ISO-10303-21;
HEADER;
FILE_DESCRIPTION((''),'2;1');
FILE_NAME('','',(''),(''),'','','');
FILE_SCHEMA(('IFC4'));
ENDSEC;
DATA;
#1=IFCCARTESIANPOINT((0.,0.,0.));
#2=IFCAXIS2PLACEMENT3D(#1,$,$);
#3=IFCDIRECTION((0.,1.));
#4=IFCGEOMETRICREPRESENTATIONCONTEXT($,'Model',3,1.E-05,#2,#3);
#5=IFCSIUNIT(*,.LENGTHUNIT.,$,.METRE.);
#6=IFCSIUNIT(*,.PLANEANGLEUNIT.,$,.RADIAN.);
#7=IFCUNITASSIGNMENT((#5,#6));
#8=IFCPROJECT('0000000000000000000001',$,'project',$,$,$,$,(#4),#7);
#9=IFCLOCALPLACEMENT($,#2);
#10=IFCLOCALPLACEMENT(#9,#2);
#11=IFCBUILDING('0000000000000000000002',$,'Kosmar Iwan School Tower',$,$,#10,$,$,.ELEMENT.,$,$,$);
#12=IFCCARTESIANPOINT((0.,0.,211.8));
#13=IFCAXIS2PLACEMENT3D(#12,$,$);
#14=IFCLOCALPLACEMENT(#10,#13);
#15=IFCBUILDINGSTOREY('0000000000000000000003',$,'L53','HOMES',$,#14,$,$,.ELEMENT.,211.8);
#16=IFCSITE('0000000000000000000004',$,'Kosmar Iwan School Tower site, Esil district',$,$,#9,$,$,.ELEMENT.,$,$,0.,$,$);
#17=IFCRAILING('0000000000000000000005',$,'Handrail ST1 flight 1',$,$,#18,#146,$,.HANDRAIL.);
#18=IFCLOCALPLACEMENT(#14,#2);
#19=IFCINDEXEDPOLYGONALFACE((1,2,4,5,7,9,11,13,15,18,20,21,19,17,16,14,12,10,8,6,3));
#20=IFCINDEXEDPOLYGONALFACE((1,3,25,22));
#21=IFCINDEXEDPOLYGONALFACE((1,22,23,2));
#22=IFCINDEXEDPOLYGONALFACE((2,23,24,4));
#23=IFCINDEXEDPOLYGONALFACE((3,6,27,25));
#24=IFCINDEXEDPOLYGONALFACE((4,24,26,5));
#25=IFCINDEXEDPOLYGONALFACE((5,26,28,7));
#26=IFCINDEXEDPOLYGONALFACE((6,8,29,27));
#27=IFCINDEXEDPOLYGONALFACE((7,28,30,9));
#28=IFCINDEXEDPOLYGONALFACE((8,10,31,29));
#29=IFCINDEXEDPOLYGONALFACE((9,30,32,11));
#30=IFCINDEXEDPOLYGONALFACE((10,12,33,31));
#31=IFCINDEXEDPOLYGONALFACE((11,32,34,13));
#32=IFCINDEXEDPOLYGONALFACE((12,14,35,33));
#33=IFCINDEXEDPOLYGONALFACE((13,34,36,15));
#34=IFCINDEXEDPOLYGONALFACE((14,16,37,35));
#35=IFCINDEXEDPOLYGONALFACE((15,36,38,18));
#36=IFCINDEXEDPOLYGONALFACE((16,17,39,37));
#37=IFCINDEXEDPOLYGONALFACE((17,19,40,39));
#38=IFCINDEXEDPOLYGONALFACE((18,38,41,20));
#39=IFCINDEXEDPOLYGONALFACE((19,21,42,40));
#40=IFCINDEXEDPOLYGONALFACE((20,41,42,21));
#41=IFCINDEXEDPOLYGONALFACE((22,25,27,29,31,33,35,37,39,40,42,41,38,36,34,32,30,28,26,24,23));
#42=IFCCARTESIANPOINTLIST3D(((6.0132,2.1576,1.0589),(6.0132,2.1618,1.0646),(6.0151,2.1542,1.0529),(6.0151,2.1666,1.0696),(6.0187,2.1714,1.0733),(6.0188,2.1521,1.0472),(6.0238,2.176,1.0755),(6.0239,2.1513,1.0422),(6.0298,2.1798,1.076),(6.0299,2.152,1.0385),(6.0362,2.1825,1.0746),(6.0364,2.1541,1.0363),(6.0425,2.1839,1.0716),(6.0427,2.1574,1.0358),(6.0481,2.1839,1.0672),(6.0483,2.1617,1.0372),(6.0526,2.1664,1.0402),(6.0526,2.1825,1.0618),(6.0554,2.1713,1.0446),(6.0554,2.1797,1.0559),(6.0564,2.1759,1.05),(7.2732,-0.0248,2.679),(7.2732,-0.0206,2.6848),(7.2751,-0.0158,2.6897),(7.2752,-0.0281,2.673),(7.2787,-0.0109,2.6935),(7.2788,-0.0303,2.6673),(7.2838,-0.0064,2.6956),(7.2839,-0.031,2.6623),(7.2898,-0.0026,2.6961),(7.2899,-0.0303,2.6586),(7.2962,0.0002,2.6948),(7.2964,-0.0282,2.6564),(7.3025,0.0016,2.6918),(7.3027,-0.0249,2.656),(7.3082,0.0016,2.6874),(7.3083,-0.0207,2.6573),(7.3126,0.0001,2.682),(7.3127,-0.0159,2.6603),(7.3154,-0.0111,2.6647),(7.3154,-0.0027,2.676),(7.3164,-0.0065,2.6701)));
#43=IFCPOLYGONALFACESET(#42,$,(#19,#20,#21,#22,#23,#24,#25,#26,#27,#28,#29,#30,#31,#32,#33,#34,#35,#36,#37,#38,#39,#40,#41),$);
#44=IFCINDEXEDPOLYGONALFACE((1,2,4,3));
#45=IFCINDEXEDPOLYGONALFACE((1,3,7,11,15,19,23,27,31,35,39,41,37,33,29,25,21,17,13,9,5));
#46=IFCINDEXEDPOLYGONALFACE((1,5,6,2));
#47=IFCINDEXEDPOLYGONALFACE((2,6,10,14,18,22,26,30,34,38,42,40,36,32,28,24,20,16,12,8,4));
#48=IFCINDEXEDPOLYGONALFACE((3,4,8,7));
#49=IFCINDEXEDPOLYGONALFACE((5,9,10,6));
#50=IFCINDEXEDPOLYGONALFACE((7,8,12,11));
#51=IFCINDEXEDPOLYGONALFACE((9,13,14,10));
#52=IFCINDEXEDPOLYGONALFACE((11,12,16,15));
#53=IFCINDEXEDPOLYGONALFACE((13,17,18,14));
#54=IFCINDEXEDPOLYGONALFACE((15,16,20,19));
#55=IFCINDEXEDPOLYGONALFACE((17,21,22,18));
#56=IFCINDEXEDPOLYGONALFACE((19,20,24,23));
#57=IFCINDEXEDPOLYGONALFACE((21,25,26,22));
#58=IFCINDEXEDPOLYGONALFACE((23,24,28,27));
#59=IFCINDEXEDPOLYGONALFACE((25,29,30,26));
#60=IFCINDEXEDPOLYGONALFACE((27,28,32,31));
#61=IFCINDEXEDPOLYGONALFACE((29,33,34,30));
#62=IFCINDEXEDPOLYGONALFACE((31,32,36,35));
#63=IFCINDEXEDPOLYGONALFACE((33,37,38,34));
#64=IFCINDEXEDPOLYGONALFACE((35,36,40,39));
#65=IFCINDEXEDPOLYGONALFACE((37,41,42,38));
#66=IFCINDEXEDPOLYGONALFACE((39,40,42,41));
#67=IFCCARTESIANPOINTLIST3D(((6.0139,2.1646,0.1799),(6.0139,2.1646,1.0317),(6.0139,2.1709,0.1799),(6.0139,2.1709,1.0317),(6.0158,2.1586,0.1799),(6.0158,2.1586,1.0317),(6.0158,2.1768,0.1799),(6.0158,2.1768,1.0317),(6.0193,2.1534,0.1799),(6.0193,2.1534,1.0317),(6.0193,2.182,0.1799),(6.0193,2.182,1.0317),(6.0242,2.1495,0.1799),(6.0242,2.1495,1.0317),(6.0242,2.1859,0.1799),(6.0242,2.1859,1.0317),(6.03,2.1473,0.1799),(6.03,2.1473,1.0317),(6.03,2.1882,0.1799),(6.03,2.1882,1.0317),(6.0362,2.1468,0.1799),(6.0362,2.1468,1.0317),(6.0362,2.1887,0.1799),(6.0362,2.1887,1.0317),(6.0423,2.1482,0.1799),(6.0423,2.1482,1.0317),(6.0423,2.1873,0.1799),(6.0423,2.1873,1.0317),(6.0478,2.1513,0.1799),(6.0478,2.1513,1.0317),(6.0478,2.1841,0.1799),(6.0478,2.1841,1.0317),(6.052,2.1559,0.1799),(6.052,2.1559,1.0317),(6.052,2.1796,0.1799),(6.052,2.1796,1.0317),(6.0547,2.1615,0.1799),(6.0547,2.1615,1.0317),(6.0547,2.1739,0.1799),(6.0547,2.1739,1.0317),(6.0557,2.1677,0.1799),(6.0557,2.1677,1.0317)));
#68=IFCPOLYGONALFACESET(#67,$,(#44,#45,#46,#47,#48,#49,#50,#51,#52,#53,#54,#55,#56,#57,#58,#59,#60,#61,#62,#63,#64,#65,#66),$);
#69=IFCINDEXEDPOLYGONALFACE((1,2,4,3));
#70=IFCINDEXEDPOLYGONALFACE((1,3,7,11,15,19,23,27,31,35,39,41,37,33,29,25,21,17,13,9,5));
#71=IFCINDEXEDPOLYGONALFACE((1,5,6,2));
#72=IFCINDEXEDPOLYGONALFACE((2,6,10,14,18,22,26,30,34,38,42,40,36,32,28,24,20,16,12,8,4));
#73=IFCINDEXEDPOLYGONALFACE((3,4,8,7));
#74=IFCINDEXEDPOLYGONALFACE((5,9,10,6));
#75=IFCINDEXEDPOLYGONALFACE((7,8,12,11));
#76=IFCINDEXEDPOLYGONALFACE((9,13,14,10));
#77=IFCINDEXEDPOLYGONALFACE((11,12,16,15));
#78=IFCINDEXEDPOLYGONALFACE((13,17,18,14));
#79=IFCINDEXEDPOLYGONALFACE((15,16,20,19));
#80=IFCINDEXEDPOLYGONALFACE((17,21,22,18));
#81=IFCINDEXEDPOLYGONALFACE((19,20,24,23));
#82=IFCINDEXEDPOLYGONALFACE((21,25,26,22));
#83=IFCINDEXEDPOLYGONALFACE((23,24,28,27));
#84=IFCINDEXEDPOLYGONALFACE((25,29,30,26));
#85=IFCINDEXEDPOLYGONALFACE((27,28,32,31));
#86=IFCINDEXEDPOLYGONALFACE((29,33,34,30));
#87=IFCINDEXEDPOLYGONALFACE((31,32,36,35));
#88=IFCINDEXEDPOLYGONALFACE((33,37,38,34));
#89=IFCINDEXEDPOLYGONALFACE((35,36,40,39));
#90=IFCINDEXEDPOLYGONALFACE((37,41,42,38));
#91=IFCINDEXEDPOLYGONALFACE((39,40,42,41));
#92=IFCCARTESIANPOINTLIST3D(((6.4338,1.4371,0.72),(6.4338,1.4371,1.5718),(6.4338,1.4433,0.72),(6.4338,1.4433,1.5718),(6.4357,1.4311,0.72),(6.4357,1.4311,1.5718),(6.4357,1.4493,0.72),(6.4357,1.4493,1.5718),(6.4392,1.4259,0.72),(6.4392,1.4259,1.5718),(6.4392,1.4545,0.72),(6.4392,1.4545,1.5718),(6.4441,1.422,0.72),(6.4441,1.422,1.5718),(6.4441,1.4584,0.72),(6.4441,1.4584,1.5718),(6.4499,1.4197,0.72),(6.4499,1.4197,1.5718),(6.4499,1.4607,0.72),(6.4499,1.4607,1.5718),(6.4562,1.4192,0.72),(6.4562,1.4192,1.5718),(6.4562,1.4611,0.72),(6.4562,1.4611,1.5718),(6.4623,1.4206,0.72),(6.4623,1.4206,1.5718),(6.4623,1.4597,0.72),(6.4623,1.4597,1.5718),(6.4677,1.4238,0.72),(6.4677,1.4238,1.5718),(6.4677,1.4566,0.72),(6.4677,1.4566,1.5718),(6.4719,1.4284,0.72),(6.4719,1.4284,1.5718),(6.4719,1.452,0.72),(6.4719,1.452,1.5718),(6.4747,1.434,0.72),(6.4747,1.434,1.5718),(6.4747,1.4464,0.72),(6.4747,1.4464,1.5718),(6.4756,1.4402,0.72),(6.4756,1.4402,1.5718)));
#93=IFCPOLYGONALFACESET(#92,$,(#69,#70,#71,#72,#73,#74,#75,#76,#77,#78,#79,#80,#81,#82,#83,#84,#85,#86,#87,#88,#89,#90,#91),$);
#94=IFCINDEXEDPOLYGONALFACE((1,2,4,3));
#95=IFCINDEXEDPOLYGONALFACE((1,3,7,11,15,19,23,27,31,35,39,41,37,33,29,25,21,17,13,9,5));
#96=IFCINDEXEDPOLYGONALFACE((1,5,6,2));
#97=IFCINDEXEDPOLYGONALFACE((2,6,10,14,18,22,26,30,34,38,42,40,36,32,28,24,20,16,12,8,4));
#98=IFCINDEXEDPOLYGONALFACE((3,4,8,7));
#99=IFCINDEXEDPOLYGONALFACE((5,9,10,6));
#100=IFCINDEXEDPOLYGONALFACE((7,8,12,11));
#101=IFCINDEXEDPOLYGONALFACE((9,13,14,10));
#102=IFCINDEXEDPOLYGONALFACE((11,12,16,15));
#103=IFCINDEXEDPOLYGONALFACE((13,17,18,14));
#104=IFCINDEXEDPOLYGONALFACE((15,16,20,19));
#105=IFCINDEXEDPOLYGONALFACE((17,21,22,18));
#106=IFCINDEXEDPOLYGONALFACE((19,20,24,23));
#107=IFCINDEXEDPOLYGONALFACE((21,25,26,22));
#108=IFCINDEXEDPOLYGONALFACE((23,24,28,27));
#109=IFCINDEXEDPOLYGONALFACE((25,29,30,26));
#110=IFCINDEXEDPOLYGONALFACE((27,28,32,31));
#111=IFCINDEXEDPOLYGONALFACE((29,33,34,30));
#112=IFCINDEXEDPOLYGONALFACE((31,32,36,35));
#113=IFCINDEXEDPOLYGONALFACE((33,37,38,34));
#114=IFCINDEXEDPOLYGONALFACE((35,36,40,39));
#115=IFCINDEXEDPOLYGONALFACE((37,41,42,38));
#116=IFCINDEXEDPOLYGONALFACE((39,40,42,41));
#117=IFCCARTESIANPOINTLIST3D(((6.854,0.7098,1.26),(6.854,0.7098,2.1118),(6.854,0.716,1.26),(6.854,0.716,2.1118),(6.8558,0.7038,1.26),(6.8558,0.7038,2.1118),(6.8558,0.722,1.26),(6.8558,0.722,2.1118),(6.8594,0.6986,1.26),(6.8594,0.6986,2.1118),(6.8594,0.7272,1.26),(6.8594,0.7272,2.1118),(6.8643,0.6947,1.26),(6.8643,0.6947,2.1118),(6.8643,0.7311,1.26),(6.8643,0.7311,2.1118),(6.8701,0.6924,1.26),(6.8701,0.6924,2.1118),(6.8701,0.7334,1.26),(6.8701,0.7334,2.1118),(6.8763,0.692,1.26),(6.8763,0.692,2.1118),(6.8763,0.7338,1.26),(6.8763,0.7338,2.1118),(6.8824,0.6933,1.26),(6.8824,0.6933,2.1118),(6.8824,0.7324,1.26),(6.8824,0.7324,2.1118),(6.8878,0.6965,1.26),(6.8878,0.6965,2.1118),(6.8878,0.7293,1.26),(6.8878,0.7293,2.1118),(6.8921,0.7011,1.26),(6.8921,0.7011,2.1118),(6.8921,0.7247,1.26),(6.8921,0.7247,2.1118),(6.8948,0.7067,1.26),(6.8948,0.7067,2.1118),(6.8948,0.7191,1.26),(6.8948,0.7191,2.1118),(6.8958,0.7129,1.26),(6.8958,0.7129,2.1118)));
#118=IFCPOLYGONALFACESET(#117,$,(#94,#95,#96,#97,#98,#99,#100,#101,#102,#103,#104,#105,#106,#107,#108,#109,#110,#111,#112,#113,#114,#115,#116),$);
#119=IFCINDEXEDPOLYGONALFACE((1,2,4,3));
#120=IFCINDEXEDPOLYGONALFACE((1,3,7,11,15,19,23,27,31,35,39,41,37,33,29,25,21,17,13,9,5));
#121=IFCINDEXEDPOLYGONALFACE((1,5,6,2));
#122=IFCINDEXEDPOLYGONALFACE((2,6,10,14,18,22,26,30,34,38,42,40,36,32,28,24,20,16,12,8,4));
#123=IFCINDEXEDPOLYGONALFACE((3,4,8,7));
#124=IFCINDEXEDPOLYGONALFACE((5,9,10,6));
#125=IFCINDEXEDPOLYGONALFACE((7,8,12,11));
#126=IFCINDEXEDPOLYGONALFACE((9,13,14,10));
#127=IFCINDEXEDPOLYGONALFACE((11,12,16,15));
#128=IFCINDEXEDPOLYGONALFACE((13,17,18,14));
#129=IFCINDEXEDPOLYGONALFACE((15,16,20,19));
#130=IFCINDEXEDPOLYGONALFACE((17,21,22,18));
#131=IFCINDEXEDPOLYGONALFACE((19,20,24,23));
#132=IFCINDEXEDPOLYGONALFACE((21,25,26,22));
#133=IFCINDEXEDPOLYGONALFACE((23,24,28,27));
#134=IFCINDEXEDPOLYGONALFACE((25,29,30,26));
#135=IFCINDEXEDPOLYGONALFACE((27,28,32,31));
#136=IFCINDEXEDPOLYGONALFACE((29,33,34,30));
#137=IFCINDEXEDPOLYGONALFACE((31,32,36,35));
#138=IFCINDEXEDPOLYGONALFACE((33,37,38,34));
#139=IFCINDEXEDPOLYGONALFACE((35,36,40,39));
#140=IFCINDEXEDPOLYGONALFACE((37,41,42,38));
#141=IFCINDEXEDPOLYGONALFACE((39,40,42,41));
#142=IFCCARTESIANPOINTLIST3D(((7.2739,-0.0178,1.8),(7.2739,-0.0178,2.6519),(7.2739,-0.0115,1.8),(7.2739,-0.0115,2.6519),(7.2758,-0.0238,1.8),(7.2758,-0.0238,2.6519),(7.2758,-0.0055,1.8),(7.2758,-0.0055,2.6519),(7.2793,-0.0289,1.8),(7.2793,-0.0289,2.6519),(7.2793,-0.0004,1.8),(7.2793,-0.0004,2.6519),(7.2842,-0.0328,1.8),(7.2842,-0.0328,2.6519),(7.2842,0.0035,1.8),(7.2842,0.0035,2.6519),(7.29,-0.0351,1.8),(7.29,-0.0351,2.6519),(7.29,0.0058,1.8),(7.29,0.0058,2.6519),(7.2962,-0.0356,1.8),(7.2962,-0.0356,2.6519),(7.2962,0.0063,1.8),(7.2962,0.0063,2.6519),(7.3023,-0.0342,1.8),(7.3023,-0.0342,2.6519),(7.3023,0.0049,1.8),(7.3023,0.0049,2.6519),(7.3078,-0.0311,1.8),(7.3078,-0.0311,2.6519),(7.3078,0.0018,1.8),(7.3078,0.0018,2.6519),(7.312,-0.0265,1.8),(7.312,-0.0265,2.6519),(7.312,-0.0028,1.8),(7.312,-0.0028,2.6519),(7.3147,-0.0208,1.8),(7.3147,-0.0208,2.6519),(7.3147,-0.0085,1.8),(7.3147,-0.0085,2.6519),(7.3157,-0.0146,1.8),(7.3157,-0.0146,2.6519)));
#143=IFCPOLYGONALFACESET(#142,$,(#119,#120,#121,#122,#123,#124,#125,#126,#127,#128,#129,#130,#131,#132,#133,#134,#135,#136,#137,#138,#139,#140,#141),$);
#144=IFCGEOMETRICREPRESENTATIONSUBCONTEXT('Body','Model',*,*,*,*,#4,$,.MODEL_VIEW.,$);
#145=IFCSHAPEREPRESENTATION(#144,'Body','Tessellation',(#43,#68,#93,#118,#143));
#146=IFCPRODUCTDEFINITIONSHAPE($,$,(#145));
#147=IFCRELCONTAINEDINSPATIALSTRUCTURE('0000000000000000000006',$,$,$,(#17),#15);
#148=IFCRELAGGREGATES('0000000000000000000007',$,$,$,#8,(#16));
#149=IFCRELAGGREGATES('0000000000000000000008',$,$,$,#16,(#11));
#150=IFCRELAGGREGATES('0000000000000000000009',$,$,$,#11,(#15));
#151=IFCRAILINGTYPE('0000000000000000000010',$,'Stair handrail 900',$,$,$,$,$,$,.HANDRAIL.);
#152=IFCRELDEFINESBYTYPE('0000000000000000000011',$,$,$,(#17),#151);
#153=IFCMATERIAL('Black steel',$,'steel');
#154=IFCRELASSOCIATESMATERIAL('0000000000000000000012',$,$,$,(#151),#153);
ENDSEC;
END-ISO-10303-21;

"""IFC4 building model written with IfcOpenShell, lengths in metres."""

from ifc_helpers import new_model, si_unit, direction, frame, origin, origin_2d, place, context, subcontext, project, spatial, circle, extrude, material, type_object, element, save


model = new_model("IFC4")

# Units and contexts
model_context = context("Model", 3, precision=1e-05, world=origin(), true_north=direction((0.0, 1.0)))
body_context = subcontext(model_context, "Body", "Model", "MODEL_VIEW")
ifc_project = project(units=[si_unit("LENGTHUNIT", "METRE"), si_unit("PLANEANGLEUNIT", "RADIAN")], contexts=[model_context])

# Site, building, storey
site_placement = place(None, origin())
site = spatial("IfcSite", under=ifc_project, at=site_placement, Name="Kosmar Iwan School Tower site, Esil district", CompositionType="ELEMENT", RefElevation=0.0)
building_placement = place(site_placement, origin())
building = spatial("IfcBuilding", under=site, at=building_placement, Name="Kosmar Iwan School Tower", CompositionType="ELEMENT")
storey_placement = place(building_placement, frame((0.0, 0.0, 211.8)))
storey = spatial("IfcBuildingStorey", under=building, at=storey_placement, Name="L53", Description="HOMES", CompositionType="ELEMENT", Elevation=211.8)

# Railing
ifc_material_1 = material(Name="Black steel", Category="steel")
railing_type = type_object("IfcRailingType", Name="Stair handrail 900", PredefinedType="HANDRAIL", material=ifc_material_1)
railing_1_placement = place(storey_placement, frame((6.0347, 2.1677, 0.1799)))
element("IfcRailing", 1, at=railing_1_placement, inside=storey, type_object=railing_type, Name="Handrail ST1 flight 1", PredefinedType="HANDRAIL", context=body_context, shape_type="SweptSolid", body=[
    extrude(circle(Radius=0.0239, at=origin_2d()), frame((0.0, 0.0, 0.876), z_axis=(0.420584, -0.728464, 0.540786), x_axis=(0.866023, 0.500005, 0.0)), (0.0, 0.0, 1.0), 2.9958),
    extrude(circle(Radius=0.021, at=origin_2d()), origin(), (0.0, 0.0, 1.0), 0.8518),
    extrude(circle(Radius=0.021, at=origin_2d()), frame((0.4199, -0.7275, 0.54)), (0.0, 0.0, 1.0), 0.8518),
    extrude(circle(Radius=0.021, at=origin_2d()), frame((0.8401, -1.4548, 1.0801)), (0.0, 0.0, 1.0), 0.8518),
    extrude(circle(Radius=0.021, at=origin_2d()), frame((1.26, -2.1824, 1.6201)), (0.0, 0.0, 1.0), 0.8518),
])

save(model, "model.ifc")
